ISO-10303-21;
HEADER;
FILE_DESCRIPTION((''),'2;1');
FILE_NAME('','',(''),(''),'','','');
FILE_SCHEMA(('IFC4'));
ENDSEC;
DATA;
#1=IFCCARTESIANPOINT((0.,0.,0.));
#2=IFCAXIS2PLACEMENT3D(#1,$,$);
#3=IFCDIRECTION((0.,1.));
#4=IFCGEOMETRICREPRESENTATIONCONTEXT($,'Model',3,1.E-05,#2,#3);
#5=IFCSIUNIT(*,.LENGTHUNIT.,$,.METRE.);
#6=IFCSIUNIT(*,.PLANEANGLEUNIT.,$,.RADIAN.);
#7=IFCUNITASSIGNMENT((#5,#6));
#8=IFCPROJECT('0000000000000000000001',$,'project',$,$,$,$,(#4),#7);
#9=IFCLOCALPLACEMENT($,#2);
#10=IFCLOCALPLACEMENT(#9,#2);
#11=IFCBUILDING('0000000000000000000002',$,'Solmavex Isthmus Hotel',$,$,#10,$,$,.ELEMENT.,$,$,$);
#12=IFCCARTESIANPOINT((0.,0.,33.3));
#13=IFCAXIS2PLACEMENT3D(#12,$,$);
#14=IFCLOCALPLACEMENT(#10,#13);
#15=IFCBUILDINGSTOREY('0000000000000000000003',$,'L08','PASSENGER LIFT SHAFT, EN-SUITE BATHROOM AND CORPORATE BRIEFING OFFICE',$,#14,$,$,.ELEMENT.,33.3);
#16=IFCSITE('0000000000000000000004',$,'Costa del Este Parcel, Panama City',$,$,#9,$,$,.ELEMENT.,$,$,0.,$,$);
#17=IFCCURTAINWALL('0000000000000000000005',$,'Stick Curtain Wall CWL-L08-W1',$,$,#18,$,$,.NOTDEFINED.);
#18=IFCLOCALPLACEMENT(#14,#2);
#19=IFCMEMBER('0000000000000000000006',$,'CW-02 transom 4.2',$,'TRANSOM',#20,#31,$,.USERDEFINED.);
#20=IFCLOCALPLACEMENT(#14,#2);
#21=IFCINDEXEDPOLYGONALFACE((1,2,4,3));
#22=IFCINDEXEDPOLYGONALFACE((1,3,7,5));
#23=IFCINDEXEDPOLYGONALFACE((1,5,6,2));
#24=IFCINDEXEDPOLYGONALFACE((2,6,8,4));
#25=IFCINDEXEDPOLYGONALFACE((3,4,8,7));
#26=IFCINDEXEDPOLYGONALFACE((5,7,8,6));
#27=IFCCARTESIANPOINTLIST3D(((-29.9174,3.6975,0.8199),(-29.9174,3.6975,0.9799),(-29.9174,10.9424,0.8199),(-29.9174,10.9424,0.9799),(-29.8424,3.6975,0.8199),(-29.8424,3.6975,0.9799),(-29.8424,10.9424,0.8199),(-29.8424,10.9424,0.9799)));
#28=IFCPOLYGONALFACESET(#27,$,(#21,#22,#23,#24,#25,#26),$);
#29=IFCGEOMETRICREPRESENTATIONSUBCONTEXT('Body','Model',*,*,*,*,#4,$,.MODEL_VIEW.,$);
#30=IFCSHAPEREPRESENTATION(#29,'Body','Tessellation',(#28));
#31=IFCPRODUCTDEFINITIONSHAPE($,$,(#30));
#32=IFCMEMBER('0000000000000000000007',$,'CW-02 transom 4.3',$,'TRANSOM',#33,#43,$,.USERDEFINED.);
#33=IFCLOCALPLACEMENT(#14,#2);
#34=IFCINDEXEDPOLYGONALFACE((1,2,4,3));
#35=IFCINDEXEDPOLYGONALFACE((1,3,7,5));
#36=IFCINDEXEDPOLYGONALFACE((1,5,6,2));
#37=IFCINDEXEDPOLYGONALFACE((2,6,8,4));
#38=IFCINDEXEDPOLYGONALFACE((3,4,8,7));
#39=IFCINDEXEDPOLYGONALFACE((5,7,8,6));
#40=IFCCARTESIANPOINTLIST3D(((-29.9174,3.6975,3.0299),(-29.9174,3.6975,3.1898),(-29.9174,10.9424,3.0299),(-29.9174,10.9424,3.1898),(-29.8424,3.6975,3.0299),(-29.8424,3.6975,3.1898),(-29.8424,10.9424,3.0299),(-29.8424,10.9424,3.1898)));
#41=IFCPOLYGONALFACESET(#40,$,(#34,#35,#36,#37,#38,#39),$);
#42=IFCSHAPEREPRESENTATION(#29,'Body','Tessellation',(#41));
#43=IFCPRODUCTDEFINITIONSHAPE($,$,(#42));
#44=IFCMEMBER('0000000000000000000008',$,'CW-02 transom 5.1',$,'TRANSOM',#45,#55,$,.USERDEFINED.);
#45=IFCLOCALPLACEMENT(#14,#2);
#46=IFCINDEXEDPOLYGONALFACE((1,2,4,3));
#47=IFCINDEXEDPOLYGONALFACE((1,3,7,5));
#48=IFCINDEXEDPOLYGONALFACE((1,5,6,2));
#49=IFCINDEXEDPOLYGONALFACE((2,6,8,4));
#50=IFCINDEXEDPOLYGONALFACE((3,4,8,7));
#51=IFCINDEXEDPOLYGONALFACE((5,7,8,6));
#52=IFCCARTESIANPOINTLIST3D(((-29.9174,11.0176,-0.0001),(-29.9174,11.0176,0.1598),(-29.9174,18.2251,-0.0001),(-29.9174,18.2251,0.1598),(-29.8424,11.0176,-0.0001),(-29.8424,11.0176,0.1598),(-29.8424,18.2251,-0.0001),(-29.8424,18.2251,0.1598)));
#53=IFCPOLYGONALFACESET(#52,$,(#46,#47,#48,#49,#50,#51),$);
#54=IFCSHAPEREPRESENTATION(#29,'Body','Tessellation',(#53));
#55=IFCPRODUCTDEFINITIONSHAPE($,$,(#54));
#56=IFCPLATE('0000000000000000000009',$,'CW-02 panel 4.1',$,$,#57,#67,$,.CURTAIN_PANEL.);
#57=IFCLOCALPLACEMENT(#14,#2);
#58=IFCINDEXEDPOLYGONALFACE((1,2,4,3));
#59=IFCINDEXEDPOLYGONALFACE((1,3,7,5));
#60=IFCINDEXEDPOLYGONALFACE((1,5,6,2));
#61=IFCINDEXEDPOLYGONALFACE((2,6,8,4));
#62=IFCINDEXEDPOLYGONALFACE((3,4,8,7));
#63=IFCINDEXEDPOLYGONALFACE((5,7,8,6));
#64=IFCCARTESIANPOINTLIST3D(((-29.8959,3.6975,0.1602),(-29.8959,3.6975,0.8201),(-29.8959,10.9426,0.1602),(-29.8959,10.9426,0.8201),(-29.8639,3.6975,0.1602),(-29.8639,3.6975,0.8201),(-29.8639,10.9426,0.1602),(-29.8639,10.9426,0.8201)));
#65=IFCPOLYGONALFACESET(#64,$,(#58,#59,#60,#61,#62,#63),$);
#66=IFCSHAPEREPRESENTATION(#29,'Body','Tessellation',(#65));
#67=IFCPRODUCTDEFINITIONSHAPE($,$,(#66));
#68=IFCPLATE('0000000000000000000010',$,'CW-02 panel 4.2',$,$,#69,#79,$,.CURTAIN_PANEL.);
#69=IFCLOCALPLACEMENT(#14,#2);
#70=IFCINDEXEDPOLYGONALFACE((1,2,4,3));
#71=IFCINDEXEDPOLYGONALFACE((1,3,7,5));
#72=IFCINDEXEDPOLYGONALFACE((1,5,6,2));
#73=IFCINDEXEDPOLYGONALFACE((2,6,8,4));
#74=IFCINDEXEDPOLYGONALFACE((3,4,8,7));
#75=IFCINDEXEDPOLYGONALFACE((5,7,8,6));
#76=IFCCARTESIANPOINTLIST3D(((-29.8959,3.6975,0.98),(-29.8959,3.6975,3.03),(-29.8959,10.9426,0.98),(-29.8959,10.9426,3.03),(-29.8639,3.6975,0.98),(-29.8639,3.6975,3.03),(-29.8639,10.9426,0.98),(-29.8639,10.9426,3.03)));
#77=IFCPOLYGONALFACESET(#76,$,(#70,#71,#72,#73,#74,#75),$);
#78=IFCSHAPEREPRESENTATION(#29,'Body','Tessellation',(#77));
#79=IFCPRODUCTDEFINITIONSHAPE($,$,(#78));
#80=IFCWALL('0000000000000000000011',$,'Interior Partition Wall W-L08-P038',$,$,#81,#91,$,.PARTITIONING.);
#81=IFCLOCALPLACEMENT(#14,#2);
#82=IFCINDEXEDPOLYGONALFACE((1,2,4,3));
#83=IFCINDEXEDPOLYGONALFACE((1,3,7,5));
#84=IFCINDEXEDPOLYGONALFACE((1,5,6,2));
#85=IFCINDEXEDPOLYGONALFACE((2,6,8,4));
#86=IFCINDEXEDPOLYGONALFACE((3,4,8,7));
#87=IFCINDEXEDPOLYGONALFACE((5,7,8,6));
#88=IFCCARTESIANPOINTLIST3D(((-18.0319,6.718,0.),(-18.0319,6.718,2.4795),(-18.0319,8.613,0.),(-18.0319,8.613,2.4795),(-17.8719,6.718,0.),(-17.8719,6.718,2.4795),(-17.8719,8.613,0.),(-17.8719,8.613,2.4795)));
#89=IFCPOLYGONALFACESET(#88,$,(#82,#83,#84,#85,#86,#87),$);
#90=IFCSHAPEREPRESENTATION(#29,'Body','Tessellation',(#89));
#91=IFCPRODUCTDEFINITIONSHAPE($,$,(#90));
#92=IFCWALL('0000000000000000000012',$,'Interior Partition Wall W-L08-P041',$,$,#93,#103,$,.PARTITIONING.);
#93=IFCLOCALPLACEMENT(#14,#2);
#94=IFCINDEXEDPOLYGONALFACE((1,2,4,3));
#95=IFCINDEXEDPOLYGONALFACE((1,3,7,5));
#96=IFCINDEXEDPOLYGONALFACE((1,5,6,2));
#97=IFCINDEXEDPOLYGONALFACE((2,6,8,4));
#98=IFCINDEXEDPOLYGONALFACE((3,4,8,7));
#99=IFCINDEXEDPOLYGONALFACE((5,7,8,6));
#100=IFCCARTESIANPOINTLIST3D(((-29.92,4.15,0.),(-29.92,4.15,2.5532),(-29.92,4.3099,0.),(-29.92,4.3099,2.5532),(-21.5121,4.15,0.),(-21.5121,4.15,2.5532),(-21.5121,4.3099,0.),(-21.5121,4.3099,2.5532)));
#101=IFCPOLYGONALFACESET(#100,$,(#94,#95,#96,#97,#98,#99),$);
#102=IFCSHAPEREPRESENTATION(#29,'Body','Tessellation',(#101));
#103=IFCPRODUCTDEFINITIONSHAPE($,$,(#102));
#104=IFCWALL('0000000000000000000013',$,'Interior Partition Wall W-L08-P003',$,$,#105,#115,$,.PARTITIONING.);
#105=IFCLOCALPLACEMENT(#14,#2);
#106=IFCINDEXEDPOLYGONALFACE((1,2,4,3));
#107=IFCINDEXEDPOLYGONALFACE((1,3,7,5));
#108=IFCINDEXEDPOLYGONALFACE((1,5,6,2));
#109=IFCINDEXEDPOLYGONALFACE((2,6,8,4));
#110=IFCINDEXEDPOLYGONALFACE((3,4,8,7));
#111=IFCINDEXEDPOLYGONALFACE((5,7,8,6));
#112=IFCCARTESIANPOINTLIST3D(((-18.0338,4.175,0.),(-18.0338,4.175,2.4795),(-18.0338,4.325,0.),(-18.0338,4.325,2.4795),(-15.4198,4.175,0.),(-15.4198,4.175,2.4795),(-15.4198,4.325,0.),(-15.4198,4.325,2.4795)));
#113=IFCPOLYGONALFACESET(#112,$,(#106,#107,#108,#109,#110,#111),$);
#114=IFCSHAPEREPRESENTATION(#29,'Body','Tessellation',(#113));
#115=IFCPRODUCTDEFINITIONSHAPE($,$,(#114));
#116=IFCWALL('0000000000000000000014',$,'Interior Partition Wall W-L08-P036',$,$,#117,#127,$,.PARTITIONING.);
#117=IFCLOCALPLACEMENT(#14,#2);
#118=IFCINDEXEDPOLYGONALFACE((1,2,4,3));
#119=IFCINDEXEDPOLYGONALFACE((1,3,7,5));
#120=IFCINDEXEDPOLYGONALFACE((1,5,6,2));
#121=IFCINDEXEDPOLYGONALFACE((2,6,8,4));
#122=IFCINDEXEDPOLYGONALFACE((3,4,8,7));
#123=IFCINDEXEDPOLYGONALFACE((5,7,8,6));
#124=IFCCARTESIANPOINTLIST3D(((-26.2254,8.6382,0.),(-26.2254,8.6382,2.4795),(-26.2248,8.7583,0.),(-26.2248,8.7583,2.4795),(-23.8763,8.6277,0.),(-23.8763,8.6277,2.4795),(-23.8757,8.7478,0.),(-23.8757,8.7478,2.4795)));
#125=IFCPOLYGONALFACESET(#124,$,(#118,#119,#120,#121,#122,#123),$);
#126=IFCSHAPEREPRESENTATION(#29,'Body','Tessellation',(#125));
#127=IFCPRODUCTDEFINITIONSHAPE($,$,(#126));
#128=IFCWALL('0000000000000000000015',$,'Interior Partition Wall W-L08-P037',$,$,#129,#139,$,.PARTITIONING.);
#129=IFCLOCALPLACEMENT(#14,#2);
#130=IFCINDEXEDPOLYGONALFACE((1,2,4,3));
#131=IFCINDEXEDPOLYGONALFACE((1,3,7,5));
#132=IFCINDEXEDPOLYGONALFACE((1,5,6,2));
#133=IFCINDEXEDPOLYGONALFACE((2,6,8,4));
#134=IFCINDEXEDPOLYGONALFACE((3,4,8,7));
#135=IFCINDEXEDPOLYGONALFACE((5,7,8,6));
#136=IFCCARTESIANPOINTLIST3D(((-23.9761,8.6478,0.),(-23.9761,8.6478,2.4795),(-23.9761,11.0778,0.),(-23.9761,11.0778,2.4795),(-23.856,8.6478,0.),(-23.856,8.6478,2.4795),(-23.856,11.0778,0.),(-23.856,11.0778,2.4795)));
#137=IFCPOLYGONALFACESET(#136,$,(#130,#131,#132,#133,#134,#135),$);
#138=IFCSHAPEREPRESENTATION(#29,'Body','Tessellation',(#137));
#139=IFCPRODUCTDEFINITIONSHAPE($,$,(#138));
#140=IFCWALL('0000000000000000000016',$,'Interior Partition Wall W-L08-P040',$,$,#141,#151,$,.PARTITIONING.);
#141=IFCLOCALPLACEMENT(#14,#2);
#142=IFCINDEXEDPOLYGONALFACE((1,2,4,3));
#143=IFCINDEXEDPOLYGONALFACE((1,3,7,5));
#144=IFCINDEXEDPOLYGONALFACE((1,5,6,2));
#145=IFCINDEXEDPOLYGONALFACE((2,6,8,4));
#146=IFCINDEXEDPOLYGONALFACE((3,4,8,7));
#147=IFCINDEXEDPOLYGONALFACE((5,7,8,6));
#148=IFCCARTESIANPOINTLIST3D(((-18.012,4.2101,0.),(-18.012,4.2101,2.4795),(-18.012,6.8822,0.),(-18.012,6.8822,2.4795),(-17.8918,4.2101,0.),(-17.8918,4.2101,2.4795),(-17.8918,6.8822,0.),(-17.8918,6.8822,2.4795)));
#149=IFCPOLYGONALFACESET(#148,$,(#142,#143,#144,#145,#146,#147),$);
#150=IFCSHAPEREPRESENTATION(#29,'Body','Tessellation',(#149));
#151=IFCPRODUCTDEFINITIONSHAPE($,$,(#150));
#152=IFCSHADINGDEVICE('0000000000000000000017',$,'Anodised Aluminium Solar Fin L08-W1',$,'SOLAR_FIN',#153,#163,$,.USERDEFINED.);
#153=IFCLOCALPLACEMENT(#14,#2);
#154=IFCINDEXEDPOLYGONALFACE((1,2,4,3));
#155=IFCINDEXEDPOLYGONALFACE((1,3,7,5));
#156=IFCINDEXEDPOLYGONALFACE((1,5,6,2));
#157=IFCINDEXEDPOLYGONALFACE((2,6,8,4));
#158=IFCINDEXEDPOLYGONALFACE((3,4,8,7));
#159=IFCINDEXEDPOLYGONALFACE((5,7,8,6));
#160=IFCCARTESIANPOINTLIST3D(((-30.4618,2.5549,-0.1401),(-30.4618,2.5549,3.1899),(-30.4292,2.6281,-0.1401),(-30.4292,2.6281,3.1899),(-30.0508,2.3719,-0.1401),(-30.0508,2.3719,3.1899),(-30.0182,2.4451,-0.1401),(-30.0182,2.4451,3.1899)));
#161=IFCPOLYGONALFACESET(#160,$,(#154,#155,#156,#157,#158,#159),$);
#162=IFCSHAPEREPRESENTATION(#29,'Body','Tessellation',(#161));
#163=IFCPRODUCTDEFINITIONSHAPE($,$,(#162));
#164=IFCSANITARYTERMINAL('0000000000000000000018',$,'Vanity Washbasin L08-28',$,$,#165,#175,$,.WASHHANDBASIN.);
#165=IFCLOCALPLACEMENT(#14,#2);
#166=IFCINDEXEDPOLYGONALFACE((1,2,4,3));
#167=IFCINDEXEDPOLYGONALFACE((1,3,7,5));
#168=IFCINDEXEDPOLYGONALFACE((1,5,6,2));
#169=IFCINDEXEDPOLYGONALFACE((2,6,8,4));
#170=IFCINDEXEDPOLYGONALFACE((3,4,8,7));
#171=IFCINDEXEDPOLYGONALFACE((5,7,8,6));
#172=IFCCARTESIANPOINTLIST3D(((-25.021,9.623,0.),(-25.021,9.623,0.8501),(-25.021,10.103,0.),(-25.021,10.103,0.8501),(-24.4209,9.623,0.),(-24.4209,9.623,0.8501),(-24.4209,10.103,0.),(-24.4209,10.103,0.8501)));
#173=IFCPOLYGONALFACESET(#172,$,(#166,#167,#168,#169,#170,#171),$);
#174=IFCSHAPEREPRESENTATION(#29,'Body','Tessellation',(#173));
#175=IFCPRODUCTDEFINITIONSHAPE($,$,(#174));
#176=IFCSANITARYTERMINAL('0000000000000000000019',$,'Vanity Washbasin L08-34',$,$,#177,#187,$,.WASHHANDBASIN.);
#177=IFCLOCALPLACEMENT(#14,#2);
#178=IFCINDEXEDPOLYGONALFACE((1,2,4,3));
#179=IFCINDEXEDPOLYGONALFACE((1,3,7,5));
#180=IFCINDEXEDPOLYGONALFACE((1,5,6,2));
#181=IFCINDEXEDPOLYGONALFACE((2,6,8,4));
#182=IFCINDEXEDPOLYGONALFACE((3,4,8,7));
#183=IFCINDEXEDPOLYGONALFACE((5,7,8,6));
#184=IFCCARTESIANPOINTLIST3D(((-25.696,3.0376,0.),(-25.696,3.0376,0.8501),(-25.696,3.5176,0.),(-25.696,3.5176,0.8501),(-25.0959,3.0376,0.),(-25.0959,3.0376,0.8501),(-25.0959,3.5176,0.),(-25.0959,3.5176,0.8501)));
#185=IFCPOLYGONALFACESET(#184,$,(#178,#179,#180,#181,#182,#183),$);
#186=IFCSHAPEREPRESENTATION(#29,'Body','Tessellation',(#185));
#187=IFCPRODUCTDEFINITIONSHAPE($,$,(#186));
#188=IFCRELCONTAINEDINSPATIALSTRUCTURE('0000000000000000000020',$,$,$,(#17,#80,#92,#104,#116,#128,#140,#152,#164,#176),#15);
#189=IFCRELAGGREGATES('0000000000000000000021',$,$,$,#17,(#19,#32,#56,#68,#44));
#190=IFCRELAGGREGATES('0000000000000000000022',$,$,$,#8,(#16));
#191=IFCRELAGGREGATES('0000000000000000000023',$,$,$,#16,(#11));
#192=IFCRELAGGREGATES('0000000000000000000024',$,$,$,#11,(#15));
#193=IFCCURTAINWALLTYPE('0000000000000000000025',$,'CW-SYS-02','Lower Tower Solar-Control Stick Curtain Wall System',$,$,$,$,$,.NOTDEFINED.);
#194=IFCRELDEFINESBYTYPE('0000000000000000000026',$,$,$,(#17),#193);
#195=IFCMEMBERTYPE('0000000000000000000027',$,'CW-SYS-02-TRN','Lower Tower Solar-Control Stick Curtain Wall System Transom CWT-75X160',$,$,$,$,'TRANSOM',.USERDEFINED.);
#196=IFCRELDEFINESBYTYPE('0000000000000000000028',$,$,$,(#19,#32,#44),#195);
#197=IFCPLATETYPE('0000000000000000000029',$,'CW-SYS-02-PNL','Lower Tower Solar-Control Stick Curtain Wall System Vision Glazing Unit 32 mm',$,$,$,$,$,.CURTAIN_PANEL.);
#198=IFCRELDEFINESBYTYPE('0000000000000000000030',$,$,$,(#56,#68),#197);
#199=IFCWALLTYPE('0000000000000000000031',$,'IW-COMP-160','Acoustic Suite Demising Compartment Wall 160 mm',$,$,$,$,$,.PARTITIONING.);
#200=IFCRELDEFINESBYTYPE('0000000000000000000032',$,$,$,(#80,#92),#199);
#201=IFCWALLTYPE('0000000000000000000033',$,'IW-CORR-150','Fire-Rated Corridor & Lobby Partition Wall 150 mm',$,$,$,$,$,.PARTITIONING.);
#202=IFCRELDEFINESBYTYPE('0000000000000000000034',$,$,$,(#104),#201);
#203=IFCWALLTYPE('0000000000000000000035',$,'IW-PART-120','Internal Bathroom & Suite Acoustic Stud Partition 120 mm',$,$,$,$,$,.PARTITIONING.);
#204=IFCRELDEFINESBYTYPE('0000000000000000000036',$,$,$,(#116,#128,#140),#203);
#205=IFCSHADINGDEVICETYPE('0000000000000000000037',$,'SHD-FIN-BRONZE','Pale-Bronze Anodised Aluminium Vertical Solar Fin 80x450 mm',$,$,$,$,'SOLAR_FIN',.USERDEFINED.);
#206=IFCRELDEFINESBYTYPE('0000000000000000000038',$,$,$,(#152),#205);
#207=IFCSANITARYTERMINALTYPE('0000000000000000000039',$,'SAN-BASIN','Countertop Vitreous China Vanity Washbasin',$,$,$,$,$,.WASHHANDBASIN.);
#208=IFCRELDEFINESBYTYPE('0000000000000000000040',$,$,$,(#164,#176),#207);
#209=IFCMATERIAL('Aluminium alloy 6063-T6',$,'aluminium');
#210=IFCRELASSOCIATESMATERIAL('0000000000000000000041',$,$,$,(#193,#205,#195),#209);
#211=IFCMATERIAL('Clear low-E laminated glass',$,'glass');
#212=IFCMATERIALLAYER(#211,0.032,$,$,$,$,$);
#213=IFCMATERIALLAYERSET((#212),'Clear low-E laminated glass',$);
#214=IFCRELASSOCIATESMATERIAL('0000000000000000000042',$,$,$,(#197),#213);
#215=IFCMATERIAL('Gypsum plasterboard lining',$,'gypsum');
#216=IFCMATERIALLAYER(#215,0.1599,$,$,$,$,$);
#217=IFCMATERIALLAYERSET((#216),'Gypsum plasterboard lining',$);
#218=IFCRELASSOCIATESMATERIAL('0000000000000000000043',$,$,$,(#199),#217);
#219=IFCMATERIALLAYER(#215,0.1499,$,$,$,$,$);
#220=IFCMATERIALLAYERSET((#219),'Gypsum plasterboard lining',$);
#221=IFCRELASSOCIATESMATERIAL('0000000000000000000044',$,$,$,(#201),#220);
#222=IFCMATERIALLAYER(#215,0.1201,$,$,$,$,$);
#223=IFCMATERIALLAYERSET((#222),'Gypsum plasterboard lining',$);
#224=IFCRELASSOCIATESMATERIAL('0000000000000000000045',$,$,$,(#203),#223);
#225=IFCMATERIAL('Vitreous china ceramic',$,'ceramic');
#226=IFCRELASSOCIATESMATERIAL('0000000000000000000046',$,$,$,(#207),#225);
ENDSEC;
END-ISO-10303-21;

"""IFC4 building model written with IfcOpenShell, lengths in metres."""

from ifc_helpers import new_model, si_unit, direction, frame, frame_2d, origin, origin_2d, place, context, subcontext, project, spatial, rectangle, extrude, material, layer, layer_set, material_profile, profile_set, type_object, element, aggregate, save


model = new_model("IFC4")

# Units and contexts
model_context = context("Model", 3, precision=1e-05, world=origin(), true_north=direction((0.0, 1.0)))
body_context = subcontext(model_context, "Body", "Model", "MODEL_VIEW")
ifc_project = project(units=[si_unit("LENGTHUNIT", "METRE"), si_unit("PLANEANGLEUNIT", "RADIAN")], contexts=[model_context])

# Site, building, storey
site_placement = place(None, origin())
site = spatial("IfcSite", under=ifc_project, at=site_placement, Name="Costa del Este Parcel, Panama City", CompositionType="ELEMENT", RefElevation=0.0)
building_placement = place(site_placement, origin())
building = spatial("IfcBuilding", under=site, at=building_placement, Name="Solmavex Isthmus Hotel", CompositionType="ELEMENT")
storey_placement = place(building_placement, frame((0.0, 0.0, 33.3)))
storey = spatial("IfcBuildingStorey", under=building, at=storey_placement, Name="L08", Description="PASSENGER LIFT SHAFT, EN-SUITE BATHROOM AND CORPORATE BRIEFING OFFICE", CompositionType="ELEMENT", Elevation=33.3)

# Curtain wall, members, plates
ifc_material_1 = material(Name="Aluminium alloy 6063-T6", Category="aluminium")
curtain_wall_type = type_object("IfcCurtainWallType", Name="CW-SYS-02", Description="Lower Tower Solar-Control Stick Curtain Wall System", PredefinedType="NOTDEFINED", material=ifc_material_1)
curtain_wall_placement = place(storey_placement, origin())
curtain_wall = element("IfcCurtainWall", 1, at=curtain_wall_placement, inside=storey, type_object=curtain_wall_type, Name="Stick Curtain Wall CWL-L08-W1", PredefinedType="NOTDEFINED")
ifc_material_profile_1 = material_profile(ifc_material_1, rectangle(XDim=0.075, YDim=0.1599, at=origin_2d()), Name="CWT-75X160")
ifc_profile_set_1 = profile_set([ifc_material_profile_1], Name="Aluminium alloy 6063-T6")
member_type_1 = type_object("IfcMemberType", Name="CW-SYS-02-TRN", Description="Lower Tower Solar-Control Stick Curtain Wall System Transom CWT-75X160", ElementType="TRANSOM", PredefinedType="USERDEFINED", material=ifc_profile_set_1)
member_1_placement = place(storey_placement, frame((-29.8799, 3.6975, 0.8999), z_axis=(0.0, 1.0, 0.0), x_axis=(-1.0, 0.0, 0.0)))
member_1 = element("IfcMember", 2, at=member_1_placement, type_object=member_type_1, Name="CW-02 transom 4.2", ObjectType="TRANSOM", PredefinedType="USERDEFINED", context=body_context, shape_type="SweptSolid", body=[
    extrude(rectangle(XDim=0.075, YDim=0.1599, at=origin_2d()), origin(), (0.0, 0.0, 1.0), 7.2449),
])
member_2_placement = place(storey_placement, frame((-29.8799, 3.6975, 3.1099), z_axis=(0.0, 1.0, 0.0), x_axis=(-1.0, 0.0, 0.0)))
member_2 = element("IfcMember", 3, at=member_2_placement, type_object=member_type_1, Name="CW-02 transom 4.3", ObjectType="TRANSOM", PredefinedType="USERDEFINED", context=body_context, shape_type="SweptSolid", body=[
    extrude(rectangle(XDim=0.075, YDim=0.1599, at=origin_2d()), origin(), (0.0, 0.0, 1.0), 7.2449),
])
member_3_placement = place(storey_placement, frame((-29.8799, 11.0176, 0.0798), z_axis=(0.0, 1.0, 0.0), x_axis=(-1.0, 0.0, 0.0)))
member_3 = element("IfcMember", 4, at=member_3_placement, type_object=member_type_1, Name="CW-02 transom 5.1", ObjectType="TRANSOM", PredefinedType="USERDEFINED", context=body_context, shape_type="SweptSolid", body=[
    extrude(rectangle(XDim=0.075, YDim=0.1599, at=origin_2d()), origin(), (0.0, 0.0, 1.0), 7.2075),
])
ifc_material_2 = material(Name="Clear low-E laminated glass", Category="glass")
ifc_layer_1 = layer(ifc_material_2, 0.032)
ifc_layer_set_1 = layer_set([ifc_layer_1], Name="Clear low-E laminated glass")
plate_type = type_object("IfcPlateType", Name="CW-SYS-02-PNL", Description="Lower Tower Solar-Control Stick Curtain Wall System Vision Glazing Unit 32 mm", PredefinedType="CURTAIN_PANEL", material=ifc_layer_set_1)
plate_1_placement = place(storey_placement, frame((-29.8799, 7.3201, 0.1602), z_axis=(0.0, 0.0, 1.0), x_axis=(0.0, 1.0, 0.0)))
plate_1 = element("IfcPlate", 5, at=plate_1_placement, type_object=plate_type, Name="CW-02 panel 4.1", PredefinedType="CURTAIN_PANEL", context=body_context, shape_type="SweptSolid", body=[
    extrude(rectangle(XDim=7.2451, YDim=0.032, at=origin_2d()), origin(), (0.0, 0.0, 1.0), 0.6599),
])
plate_2_placement = place(storey_placement, frame((-29.8799, 7.3201, 0.98), z_axis=(0.0, 0.0, 1.0), x_axis=(0.0, 1.0, 0.0)))
plate_2 = element("IfcPlate", 6, at=plate_2_placement, type_object=plate_type, Name="CW-02 panel 4.2", PredefinedType="CURTAIN_PANEL", context=body_context, shape_type="SweptSolid", body=[
    extrude(rectangle(XDim=7.2451, YDim=0.032, at=origin_2d()), origin(), (0.0, 0.0, 1.0), 2.05),
])
aggregate(curtain_wall, [member_1, member_2, plate_1, plate_2, member_3])

# Walls
ifc_material_3 = material(Name="Gypsum plasterboard lining", Category="gypsum")
ifc_layer_2 = layer(ifc_material_3, 0.1599)
ifc_layer_set_2 = layer_set([ifc_layer_2], Name="Gypsum plasterboard lining")
wall_type_1 = type_object("IfcWallType", Name="IW-COMP-160", Description="Acoustic Suite Demising Compartment Wall 160 mm", PredefinedType="PARTITIONING", material=ifc_layer_set_2)
wall_1_placement = place(storey_placement, frame((-17.9519, 8.613, 0.0), z_axis=(0.0, 0.0, 1.0), x_axis=(0.0, -1.0, 0.0)))
element("IfcWall", 7, at=wall_1_placement, inside=storey, type_object=wall_type_1, Name="Interior Partition Wall W-L08-P038", PredefinedType="PARTITIONING", context=body_context, shape_type="SweptSolid", body=[
    extrude(rectangle(XDim=1.895, YDim=0.1599, at=frame_2d((0.9475, 0.0))), origin(), (0.0, 0.0, 1.0), 2.4795),
])
wall_2_placement = place(storey_placement, frame((-21.512, 4.23, 0.0), z_axis=(0.0, 0.0, 1.0), x_axis=(-1.0, 0.0, 0.0)))
element("IfcWall", 8, at=wall_2_placement, inside=storey, type_object=wall_type_1, Name="Interior Partition Wall W-L08-P041", PredefinedType="PARTITIONING", context=body_context, shape_type="SweptSolid", body=[
    extrude(rectangle(XDim=8.408, YDim=0.1599, at=frame_2d((4.2041, 0.0))), origin(), (0.0, 0.0, 1.0), 2.5532),
])

# Shared definitions
ifc_layer_3 = layer(ifc_material_3, 0.1499)
ifc_layer_set_3 = layer_set([ifc_layer_3], Name="Gypsum plasterboard lining")
wall_type_2 = type_object("IfcWallType", Name="IW-CORR-150", Description="Fire-Rated Corridor & Lobby Partition Wall 150 mm", PredefinedType="PARTITIONING", material=ifc_layer_set_3)

# Walls
wall_3_placement = place(storey_placement, frame((-18.0339, 4.25, 0.0), z_axis=(0.0, 0.0, 1.0), x_axis=(1.0, 0.0, 0.0)))
element("IfcWall", 9, at=wall_3_placement, inside=storey, type_object=wall_type_2, Name="Interior Partition Wall W-L08-P003", PredefinedType="PARTITIONING", context=body_context, shape_type="SweptSolid", body=[
    extrude(rectangle(XDim=2.614, YDim=0.1499, at=frame_2d((1.3071, 0.0))), origin(), (0.0, 0.0, 1.0), 2.4795),
])
ifc_layer_4 = layer(ifc_material_3, 0.1201)
ifc_layer_set_4 = layer_set([ifc_layer_4], Name="Gypsum plasterboard lining")
wall_type_3 = type_object("IfcWallType", Name="IW-PART-120", Description="Internal Bathroom & Suite Acoustic Stud Partition 120 mm", PredefinedType="PARTITIONING", material=ifc_layer_set_4)
wall_4_placement = place(storey_placement, frame((-26.2251, 8.6982, 0.0), z_axis=(0.0, 0.0, 1.0), x_axis=(0.99999, -0.004469, 0.0)))
element("IfcWall", 10, at=wall_4_placement, inside=storey, type_object=wall_type_3, Name="Interior Partition Wall W-L08-P036", PredefinedType="PARTITIONING", context=body_context, shape_type="SweptSolid", body=[
    extrude(rectangle(XDim=2.3491, YDim=0.1201, at=frame_2d((1.1746, 0.0))), origin(), (0.0, 0.0, 1.0), 2.4795),
])
wall_5_placement = place(storey_placement, frame((-23.916, 8.6479, 0.0), z_axis=(0.0, 0.0, 1.0), x_axis=(0.0, 1.0, 0.0)))
element("IfcWall", 11, at=wall_5_placement, inside=storey, type_object=wall_type_3, Name="Interior Partition Wall W-L08-P037", PredefinedType="PARTITIONING", context=body_context, shape_type="SweptSolid", body=[
    extrude(rectangle(XDim=2.4299, YDim=0.1201, at=frame_2d((1.2148, 0.0))), origin(), (0.0, 0.0, 1.0), 2.4795),
])
wall_6_placement = place(storey_placement, frame((-17.9519, 6.8821, 0.0), z_axis=(0.0, 0.0, 1.0), x_axis=(0.0, -1.0, 0.0)))
element("IfcWall", 12, at=wall_6_placement, inside=storey, type_object=wall_type_3, Name="Interior Partition Wall W-L08-P040", PredefinedType="PARTITIONING", context=body_context, shape_type="SweptSolid", body=[
    extrude(rectangle(XDim=2.6721, YDim=0.1201, at=frame_2d((1.3359, 0.0))), origin(), (0.0, 0.0, 1.0), 2.4795),
])

# Shading device
shading_device_type = type_object("IfcShadingDeviceType", Name="SHD-FIN-BRONZE", Description="Pale-Bronze Anodised Aluminium Vertical Solar Fin 80x450 mm", ElementType="SOLAR_FIN", PredefinedType="USERDEFINED", material=ifc_material_1)
shading_device_placement = place(storey_placement, frame((-30.24, 2.5, -0.1401), z_axis=(0.0, 0.0, 1.0), x_axis=(-0.913545, 0.406737, 0.0)))
element("IfcShadingDevice", 13, at=shading_device_placement, inside=storey, type_object=shading_device_type, Name="Anodised Aluminium Solar Fin L08-W1", ObjectType="SOLAR_FIN", PredefinedType="USERDEFINED", context=body_context, shape_type="SweptSolid", body=[
    extrude(rectangle(XDim=0.45, YDim=0.0801, at=origin_2d()), origin(), (0.0, 0.0, 1.0), 3.3301),
])

# Sanitary terminals
ifc_material_4 = material(Name="Vitreous china ceramic", Category="ceramic")
sanitary_terminal_type_1 = type_object("IfcSanitaryTerminalType", Name="SAN-BASIN", Description="Countertop Vitreous China Vanity Washbasin", PredefinedType="WASHHANDBASIN", material=ifc_material_4)
for number, where, z_axis, x_axis, name in (
    (14, (-24.7209, 9.863, 0.0), (0.0, 0.0, 1.0), (1.0, 0.0, 0.0), "Vanity Washbasin L08-28"),
    (15, (-25.396, 3.2776, 0.0), (0.0, 0.0, 1.0), (1.0, 0.0, 0.0), "Vanity Washbasin L08-34"),
):
    element("IfcSanitaryTerminal", number, at=place(storey_placement, frame(where, z_axis=z_axis, x_axis=x_axis)), inside=storey, type_object=sanitary_terminal_type_1, Name=name, PredefinedType="WASHHANDBASIN", context=body_context, shape_type="SweptSolid", body=[
        extrude(rectangle(XDim=0.6001, YDim=0.48, at=origin_2d()), origin(), (0.0, 0.0, 1.0), 0.8501),
    ])

save(model, "model.ifc")
